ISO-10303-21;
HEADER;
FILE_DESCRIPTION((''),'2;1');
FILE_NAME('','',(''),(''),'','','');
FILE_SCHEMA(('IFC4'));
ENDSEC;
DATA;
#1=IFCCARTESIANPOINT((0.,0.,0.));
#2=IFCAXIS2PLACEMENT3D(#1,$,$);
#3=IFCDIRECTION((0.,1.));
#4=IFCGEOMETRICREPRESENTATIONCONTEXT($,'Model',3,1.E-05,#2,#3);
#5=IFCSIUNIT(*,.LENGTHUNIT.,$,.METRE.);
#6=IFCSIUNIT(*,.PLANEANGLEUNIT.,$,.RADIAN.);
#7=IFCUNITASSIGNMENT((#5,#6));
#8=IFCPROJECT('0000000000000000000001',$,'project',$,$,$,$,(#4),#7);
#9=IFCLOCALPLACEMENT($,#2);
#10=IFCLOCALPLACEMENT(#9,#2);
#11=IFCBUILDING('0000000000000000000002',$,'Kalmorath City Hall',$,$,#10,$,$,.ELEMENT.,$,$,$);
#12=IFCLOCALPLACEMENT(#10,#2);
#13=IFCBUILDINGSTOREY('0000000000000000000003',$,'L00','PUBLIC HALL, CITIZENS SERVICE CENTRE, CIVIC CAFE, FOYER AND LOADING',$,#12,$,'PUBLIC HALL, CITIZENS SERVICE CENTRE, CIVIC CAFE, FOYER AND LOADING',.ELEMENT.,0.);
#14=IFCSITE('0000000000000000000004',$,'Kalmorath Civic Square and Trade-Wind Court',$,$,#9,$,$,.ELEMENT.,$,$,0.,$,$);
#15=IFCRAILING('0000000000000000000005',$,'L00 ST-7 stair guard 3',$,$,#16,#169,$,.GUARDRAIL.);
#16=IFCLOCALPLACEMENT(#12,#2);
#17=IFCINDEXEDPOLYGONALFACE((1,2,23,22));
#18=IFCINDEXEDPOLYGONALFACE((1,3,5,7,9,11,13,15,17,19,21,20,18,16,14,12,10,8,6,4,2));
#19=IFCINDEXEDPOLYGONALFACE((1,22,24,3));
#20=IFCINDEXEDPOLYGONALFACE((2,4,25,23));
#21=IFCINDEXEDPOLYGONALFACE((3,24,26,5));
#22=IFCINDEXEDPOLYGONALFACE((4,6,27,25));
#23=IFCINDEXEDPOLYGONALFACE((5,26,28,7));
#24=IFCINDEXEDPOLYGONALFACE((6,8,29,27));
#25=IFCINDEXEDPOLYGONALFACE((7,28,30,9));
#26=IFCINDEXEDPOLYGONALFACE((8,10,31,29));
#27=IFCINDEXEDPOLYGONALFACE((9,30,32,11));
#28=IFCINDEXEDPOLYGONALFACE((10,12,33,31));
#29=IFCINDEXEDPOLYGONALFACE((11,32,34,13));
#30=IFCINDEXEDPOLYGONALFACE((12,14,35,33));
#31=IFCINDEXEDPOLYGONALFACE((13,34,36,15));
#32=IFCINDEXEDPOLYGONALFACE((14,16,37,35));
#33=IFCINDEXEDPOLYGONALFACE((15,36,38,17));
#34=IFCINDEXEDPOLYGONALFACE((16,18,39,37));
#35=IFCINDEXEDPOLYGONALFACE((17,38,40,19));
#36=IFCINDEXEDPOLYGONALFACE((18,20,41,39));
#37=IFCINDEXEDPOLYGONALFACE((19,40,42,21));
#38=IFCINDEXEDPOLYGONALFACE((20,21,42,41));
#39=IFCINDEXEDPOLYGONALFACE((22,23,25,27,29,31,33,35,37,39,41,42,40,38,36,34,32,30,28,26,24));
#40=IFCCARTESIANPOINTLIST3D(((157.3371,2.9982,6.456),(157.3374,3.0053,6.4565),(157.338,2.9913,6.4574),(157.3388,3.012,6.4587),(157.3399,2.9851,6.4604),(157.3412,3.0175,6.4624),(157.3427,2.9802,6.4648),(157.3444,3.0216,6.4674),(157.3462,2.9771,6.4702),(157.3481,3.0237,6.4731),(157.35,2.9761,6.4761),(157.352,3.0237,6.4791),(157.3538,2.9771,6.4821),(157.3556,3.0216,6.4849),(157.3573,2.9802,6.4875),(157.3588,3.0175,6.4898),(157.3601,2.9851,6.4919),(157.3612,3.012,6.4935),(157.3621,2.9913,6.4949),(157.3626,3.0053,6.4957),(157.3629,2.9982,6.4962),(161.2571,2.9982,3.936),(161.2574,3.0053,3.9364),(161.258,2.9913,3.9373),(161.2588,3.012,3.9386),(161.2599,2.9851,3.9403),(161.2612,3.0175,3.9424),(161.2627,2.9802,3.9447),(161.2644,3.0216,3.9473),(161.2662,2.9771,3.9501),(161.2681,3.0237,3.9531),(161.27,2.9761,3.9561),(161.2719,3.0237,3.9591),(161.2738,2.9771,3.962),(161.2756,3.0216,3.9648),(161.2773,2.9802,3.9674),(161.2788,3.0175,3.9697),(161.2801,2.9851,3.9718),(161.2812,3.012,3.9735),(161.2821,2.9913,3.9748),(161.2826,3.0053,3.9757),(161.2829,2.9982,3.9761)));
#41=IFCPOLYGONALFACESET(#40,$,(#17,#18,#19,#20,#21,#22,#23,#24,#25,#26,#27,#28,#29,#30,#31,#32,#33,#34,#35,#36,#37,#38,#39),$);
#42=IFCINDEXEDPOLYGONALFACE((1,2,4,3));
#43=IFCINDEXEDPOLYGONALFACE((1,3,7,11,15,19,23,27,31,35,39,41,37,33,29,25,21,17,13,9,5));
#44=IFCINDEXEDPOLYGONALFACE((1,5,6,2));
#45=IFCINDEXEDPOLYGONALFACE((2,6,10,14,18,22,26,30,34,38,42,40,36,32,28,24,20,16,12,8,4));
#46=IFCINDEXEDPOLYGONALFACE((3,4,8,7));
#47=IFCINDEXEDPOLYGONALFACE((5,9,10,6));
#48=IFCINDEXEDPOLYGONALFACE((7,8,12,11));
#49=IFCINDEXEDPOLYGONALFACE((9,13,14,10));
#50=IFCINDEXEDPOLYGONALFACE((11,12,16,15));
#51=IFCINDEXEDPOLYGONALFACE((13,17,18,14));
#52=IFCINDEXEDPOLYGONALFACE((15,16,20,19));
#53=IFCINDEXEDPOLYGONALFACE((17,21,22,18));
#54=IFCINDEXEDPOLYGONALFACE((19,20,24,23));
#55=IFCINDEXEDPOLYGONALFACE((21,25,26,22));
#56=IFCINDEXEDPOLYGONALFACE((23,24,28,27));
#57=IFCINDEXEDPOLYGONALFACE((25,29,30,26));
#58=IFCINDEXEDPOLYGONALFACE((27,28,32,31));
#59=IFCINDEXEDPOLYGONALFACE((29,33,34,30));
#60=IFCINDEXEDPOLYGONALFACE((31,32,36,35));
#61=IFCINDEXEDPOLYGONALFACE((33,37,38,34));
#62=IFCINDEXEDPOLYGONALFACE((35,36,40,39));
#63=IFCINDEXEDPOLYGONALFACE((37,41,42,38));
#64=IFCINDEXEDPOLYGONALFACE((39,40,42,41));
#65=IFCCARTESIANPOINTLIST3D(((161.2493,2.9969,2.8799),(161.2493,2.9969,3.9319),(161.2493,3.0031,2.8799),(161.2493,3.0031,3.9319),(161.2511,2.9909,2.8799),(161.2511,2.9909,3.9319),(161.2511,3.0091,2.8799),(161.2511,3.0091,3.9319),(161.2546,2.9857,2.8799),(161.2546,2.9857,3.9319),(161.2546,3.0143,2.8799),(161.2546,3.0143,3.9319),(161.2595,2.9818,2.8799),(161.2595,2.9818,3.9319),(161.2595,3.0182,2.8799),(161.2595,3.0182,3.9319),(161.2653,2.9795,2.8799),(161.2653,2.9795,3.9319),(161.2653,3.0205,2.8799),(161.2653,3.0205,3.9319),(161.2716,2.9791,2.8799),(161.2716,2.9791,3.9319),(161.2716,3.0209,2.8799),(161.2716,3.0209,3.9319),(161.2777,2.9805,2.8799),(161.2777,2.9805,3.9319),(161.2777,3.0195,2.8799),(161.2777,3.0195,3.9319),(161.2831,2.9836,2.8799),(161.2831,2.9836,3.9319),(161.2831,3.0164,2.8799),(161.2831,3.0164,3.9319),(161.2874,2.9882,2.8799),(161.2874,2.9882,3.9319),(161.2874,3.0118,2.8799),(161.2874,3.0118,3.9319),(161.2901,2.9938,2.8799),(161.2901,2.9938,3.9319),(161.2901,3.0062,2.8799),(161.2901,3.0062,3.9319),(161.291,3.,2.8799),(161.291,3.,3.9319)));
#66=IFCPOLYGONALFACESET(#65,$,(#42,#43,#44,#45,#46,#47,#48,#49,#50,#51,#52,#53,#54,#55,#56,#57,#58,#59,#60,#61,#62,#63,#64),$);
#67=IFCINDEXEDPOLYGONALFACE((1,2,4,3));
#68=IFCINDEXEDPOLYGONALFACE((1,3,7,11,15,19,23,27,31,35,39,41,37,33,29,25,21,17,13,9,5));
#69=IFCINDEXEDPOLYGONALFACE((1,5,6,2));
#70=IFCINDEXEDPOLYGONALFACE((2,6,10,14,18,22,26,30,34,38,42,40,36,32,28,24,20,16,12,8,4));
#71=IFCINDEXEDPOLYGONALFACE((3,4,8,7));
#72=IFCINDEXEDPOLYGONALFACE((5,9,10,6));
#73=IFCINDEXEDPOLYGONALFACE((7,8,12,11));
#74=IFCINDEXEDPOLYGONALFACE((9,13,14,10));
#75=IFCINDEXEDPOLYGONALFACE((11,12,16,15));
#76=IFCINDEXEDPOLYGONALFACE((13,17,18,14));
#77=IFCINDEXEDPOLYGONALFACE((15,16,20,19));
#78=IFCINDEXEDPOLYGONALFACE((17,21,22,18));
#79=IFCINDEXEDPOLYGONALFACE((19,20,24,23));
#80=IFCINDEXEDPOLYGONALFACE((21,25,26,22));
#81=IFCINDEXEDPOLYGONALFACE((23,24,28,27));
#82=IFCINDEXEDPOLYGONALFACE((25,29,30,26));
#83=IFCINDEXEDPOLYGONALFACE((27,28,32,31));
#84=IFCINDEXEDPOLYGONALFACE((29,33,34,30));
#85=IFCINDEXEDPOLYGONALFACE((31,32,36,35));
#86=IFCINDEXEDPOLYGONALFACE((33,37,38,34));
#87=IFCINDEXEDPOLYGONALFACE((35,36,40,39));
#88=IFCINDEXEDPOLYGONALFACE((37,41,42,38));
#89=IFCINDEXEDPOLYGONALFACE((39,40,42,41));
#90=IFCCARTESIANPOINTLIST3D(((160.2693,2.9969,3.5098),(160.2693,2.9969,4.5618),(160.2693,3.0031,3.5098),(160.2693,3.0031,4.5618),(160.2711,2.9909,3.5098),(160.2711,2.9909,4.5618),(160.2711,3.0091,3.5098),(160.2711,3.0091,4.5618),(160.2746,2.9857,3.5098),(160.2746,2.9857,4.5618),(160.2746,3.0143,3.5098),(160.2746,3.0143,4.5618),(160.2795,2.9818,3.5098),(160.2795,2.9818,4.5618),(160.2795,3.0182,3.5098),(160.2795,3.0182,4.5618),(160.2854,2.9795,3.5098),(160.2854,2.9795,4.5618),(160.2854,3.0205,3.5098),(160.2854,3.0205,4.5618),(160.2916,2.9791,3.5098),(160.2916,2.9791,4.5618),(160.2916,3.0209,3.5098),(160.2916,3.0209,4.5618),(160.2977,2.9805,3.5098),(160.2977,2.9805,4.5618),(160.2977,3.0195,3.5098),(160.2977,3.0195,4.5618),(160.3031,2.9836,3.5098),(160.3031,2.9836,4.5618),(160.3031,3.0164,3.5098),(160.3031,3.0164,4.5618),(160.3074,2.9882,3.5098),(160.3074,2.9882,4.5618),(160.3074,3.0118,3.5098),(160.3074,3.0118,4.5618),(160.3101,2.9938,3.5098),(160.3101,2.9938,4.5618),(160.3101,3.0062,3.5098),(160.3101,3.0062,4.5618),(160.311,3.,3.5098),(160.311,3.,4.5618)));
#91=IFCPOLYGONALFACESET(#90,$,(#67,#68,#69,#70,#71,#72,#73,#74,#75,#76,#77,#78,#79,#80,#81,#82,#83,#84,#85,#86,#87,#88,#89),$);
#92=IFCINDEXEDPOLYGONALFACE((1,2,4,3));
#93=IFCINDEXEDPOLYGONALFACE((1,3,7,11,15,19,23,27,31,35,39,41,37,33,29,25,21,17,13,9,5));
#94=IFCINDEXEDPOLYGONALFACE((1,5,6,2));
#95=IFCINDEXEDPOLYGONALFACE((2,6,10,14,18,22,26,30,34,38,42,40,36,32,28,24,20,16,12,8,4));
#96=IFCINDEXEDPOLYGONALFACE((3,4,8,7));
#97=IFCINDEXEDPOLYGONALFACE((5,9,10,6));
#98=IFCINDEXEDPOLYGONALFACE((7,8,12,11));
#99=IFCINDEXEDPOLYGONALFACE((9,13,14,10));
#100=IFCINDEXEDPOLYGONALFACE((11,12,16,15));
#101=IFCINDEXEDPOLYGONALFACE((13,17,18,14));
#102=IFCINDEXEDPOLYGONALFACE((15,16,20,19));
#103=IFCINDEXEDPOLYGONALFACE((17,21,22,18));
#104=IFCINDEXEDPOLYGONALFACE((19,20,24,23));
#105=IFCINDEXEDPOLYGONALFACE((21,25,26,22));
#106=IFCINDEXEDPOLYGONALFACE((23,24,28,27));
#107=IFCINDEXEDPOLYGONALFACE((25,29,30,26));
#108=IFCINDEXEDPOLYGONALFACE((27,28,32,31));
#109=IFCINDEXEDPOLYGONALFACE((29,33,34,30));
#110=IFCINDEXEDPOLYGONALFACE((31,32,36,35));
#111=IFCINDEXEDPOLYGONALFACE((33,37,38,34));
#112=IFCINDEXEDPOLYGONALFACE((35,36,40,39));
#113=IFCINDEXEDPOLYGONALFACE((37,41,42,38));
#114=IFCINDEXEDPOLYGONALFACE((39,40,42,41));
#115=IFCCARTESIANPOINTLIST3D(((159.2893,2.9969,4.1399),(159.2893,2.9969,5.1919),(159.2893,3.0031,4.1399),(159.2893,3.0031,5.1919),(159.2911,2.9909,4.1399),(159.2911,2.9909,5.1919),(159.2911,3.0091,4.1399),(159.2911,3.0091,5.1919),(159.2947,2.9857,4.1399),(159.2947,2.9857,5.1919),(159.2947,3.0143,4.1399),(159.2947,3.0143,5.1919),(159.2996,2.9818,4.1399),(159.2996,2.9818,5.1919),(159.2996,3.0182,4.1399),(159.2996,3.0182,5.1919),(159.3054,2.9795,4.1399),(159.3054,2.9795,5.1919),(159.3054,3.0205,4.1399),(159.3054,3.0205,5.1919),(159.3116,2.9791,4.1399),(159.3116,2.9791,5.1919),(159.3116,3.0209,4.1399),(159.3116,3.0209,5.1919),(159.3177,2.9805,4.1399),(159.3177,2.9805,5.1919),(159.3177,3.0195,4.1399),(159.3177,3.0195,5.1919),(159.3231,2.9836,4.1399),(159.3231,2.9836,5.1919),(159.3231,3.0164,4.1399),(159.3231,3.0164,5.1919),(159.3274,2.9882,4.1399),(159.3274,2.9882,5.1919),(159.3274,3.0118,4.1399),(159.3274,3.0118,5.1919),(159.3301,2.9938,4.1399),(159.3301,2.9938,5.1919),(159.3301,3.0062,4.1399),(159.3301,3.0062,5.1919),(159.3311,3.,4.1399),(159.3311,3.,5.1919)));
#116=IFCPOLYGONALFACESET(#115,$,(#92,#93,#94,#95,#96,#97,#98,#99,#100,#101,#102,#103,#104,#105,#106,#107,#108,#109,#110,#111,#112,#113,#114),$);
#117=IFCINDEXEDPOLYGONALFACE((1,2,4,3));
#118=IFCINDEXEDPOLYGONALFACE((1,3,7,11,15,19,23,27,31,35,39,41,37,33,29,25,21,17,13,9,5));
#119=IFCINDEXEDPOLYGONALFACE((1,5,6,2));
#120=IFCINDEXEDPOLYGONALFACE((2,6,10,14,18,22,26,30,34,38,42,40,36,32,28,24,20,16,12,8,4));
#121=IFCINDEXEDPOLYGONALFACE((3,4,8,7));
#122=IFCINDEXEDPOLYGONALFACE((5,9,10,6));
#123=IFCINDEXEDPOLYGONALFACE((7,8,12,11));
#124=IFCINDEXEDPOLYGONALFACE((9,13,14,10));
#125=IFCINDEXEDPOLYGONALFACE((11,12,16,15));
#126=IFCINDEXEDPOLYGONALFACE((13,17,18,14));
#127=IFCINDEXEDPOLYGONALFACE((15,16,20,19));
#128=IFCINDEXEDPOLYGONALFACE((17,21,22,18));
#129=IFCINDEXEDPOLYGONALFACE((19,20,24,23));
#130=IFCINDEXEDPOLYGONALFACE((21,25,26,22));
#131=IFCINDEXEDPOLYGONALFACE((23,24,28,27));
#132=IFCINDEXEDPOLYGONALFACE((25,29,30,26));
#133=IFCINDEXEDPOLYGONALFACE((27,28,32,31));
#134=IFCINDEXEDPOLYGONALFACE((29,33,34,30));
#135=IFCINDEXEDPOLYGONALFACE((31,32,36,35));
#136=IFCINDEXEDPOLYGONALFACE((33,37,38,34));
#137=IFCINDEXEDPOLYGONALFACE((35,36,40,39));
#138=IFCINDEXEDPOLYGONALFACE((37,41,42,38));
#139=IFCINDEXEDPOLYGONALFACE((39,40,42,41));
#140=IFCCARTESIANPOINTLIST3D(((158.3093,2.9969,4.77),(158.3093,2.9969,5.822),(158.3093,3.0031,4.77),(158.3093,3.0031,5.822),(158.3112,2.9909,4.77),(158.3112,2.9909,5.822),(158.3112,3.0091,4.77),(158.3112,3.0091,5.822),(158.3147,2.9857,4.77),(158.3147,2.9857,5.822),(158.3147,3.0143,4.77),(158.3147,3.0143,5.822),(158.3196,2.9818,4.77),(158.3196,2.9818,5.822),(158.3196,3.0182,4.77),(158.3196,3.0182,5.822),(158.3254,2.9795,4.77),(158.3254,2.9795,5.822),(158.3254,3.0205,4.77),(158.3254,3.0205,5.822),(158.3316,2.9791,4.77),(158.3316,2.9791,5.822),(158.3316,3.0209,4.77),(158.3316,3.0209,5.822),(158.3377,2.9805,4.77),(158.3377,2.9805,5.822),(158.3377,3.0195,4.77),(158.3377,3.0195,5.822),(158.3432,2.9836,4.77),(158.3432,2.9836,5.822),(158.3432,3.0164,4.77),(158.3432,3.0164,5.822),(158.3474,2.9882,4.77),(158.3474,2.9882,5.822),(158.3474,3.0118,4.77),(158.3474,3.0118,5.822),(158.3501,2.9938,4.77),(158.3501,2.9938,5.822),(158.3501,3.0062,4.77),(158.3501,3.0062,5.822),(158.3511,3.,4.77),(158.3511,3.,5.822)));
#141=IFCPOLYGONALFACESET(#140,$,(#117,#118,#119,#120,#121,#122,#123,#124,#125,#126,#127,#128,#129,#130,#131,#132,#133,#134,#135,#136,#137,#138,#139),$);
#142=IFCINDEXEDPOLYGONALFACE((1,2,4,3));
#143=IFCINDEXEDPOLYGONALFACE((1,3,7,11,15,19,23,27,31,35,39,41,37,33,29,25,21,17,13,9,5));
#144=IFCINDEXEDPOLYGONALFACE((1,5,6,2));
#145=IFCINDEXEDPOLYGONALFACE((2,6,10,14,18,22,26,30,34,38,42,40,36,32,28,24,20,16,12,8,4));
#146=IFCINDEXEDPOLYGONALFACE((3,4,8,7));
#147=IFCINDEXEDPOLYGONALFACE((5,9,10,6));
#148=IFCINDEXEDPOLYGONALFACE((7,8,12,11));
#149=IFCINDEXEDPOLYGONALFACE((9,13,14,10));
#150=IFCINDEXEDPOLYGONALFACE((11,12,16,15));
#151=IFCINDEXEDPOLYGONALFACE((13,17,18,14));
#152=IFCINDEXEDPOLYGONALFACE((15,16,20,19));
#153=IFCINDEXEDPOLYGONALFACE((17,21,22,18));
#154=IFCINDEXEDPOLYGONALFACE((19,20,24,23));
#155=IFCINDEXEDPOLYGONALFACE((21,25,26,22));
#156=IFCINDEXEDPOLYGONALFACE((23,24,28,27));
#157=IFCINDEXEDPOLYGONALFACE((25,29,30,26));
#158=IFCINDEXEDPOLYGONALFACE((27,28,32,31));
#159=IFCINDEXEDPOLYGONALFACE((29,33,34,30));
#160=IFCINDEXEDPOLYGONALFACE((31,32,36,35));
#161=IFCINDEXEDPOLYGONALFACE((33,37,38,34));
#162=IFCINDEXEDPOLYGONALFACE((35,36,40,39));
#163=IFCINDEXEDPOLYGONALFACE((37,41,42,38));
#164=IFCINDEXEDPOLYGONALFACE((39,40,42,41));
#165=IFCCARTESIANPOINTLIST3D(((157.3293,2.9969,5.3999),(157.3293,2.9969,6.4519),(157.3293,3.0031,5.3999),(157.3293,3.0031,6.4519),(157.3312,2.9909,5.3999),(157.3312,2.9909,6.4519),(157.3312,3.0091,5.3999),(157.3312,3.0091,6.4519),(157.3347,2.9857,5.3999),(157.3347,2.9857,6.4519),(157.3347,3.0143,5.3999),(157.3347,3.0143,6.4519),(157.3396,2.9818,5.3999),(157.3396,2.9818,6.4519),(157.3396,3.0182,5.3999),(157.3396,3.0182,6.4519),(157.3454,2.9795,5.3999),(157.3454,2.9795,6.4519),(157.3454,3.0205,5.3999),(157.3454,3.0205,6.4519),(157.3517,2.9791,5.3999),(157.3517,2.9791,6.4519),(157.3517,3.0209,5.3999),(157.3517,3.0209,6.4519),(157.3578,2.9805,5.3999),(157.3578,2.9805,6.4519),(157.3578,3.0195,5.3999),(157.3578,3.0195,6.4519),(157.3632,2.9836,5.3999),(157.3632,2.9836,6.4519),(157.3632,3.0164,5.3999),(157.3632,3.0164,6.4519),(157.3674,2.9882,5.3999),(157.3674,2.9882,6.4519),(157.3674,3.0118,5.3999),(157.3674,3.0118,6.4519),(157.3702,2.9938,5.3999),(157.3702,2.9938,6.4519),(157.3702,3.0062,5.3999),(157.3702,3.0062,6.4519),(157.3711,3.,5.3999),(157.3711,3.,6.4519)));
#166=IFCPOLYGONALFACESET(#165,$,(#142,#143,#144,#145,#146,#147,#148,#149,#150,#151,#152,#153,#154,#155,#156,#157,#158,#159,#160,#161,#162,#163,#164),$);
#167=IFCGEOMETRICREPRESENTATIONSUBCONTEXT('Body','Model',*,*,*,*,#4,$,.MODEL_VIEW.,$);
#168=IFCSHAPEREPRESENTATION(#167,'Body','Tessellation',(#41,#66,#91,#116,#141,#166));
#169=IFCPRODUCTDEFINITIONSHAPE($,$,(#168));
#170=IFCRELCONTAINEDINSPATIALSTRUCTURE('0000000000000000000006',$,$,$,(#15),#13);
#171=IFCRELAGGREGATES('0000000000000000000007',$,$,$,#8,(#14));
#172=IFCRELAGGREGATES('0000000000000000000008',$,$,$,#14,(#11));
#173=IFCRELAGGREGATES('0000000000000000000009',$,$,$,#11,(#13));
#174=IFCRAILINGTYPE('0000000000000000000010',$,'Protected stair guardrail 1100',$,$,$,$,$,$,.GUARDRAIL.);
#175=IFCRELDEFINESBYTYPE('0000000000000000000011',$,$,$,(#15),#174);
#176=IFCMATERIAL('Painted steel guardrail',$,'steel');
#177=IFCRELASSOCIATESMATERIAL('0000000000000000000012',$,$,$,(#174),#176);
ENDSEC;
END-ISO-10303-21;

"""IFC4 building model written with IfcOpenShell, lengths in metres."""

from ifc_helpers import new_model, si_unit, direction, frame, origin, origin_2d, place, context, subcontext, project, spatial, circle, extrude, material, type_object, element, save


model = new_model("IFC4")

# Units and contexts
model_context = context("Model", 3, precision=1e-05, world=origin(), true_north=direction((0.0, 1.0)))
body_context = subcontext(model_context, "Body", "Model", "MODEL_VIEW")
ifc_project = project(units=[si_unit("LENGTHUNIT", "METRE"), si_unit("PLANEANGLEUNIT", "RADIAN")], contexts=[model_context])

# Site, building, storey
site_placement = place(None, origin())
site = spatial("IfcSite", under=ifc_project, at=site_placement, Name="Kalmorath Civic Square and Trade-Wind Court", CompositionType="ELEMENT", RefElevation=0.0)
building_placement = place(site_placement, origin())
building = spatial("IfcBuilding", under=site, at=building_placement, Name="Kalmorath City Hall", CompositionType="ELEMENT")
storey_placement = place(building_placement, origin())
storey = spatial("IfcBuildingStorey", under=building, at=storey_placement, Name="L00", Description="PUBLIC HALL, CITIZENS SERVICE CENTRE, CIVIC CAFE, FOYER AND LOADING", LongName="PUBLIC HALL, CITIZENS SERVICE CENTRE, CIVIC CAFE, FOYER AND LOADING", CompositionType="ELEMENT", Elevation=0.0)

# Railing
ifc_material_1 = material(Name="Painted steel guardrail", Category="steel")
railing_type_1 = type_object("IfcRailingType", Name="Protected stair guardrail 1100", PredefinedType="GUARDRAIL", material=ifc_material_1)
railing_1_placement = place(storey_placement, frame((161.27, 3.0, 2.8799)))
element("IfcRailing", 1, at=railing_1_placement, inside=storey, type_object=railing_type_1, Name="L00 ST-7 stair guard 3", PredefinedType="GUARDRAIL", context=body_context, shape_type="SweptSolid", body=[
    extrude(circle(Radius=0.0239, at=origin_2d()), frame((0.0, 0.0, 1.0762), z_axis=(-0.841172, 0.0, 0.540768), x_axis=(0.0, -1.0, 0.0)), (0.0, 0.0, 1.0), 4.6602),
    extrude(circle(Radius=0.021, at=origin_2d()), origin(), (0.0, 0.0, 1.0), 1.052),
    extrude(circle(Radius=0.021, at=origin_2d()), frame((-0.98, 0.0, 0.6299)), (0.0, 0.0, 1.0), 1.052),
    extrude(circle(Radius=0.021, at=origin_2d()), frame((-1.96, 0.0, 1.26)), (0.0, 0.0, 1.0), 1.052),
    extrude(circle(Radius=0.021, at=origin_2d()), frame((-2.9399, 0.0, 1.8901)), (0.0, 0.0, 1.0), 1.052),
    extrude(circle(Radius=0.021, at=origin_2d()), frame((-3.9199, 0.0, 2.52)), (0.0, 0.0, 1.0), 1.052),
])

save(model, "model.ifc")
